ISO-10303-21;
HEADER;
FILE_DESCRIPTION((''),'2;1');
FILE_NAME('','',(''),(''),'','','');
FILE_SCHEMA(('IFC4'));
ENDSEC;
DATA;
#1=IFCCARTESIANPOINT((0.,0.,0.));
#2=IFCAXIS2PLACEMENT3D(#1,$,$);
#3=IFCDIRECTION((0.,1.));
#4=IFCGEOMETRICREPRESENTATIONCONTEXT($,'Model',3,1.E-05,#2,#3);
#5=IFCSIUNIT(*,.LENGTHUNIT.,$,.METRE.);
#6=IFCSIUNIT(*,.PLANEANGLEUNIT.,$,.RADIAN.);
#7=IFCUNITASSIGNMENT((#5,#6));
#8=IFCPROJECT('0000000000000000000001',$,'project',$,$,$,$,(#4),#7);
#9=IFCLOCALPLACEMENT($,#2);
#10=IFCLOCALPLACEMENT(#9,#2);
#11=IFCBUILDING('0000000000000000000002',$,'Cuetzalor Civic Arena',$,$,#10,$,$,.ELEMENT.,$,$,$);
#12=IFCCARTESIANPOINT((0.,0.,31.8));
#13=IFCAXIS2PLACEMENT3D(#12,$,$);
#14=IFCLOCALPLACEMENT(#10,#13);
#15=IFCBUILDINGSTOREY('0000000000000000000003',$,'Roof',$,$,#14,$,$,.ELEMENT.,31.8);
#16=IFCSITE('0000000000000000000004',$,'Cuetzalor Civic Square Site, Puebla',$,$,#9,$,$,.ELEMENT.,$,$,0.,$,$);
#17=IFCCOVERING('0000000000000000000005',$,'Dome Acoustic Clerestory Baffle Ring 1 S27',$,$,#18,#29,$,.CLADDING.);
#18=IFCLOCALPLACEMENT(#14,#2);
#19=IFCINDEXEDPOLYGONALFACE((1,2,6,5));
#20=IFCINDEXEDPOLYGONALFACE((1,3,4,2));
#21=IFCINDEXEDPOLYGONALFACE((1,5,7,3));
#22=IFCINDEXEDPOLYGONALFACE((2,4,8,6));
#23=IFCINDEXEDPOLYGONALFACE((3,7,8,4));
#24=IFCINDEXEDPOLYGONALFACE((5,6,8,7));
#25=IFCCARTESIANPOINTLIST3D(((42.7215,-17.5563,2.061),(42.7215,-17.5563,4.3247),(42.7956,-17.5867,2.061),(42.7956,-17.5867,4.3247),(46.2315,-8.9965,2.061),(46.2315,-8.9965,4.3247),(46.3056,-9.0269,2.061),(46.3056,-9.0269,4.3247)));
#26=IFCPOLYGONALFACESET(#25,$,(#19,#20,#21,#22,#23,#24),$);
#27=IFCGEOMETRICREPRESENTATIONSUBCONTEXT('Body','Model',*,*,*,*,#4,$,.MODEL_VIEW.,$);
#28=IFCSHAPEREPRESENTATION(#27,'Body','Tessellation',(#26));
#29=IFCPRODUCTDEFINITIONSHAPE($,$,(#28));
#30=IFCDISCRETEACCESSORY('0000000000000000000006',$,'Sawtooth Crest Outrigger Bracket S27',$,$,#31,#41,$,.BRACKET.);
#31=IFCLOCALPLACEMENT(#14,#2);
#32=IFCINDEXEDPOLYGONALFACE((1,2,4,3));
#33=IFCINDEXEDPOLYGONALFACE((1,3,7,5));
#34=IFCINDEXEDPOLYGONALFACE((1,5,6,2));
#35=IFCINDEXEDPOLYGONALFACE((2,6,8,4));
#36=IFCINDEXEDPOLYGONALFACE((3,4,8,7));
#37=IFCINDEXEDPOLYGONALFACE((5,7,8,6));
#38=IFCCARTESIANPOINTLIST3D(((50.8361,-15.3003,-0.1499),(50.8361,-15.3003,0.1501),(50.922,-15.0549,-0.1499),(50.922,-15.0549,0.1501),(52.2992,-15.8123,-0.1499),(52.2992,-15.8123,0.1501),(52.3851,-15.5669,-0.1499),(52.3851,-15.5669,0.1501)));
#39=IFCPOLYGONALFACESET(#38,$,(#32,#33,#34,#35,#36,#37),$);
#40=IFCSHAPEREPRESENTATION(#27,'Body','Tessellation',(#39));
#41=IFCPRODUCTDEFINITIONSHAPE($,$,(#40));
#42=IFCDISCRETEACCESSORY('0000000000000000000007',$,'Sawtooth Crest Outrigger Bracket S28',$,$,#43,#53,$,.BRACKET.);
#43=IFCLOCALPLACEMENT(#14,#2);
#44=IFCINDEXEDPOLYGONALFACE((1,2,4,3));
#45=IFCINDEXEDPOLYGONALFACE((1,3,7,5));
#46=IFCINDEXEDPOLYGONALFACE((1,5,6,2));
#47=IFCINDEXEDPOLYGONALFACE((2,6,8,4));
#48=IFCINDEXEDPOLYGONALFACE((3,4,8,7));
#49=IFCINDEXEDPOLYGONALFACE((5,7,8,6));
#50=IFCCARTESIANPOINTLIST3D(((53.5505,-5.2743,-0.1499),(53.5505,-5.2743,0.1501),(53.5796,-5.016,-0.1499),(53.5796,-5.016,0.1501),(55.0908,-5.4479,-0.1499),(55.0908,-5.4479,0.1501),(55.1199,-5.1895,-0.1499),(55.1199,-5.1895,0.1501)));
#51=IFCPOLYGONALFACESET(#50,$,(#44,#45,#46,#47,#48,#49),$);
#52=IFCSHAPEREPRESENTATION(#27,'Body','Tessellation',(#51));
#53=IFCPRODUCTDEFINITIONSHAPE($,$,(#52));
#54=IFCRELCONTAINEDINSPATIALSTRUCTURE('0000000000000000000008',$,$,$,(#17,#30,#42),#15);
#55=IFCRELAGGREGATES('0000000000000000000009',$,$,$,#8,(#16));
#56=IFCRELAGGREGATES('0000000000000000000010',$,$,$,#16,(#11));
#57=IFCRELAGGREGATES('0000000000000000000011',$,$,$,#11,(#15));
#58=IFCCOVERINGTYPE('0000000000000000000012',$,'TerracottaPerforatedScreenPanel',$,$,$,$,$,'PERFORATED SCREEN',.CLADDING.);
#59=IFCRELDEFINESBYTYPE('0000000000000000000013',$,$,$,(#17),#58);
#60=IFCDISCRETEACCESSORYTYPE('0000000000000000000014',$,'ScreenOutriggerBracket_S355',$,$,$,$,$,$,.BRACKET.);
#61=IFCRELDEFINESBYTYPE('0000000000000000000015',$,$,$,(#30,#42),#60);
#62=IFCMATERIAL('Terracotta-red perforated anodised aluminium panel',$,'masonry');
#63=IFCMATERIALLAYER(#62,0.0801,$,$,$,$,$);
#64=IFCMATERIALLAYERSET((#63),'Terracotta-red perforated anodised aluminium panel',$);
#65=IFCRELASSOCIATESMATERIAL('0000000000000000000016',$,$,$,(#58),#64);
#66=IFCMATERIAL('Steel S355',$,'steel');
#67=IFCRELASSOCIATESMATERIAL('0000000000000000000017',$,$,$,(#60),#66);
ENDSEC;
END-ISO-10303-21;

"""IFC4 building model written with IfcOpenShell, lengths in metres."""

from ifc_helpers import new_model, si_unit, direction, frame, frame_2d, origin, origin_2d, place, context, subcontext, project, spatial, rectangle, extrude, material, layer, layer_set, type_object, element, save


model = new_model("IFC4")

# Units and contexts
model_context = context("Model", 3, precision=1e-05, world=origin(), true_north=direction((0.0, 1.0)))
body_context = subcontext(model_context, "Body", "Model", "MODEL_VIEW")
ifc_project = project(units=[si_unit("LENGTHUNIT", "METRE"), si_unit("PLANEANGLEUNIT", "RADIAN")], contexts=[model_context])

# Site, building, storey
site_placement = place(None, origin())
site = spatial("IfcSite", under=ifc_project, at=site_placement, Name="Cuetzalor Civic Square Site, Puebla", CompositionType="ELEMENT", RefElevation=0.0)
building_placement = place(site_placement, origin())
building = spatial("IfcBuilding", under=site, at=building_placement, Name="Cuetzalor Civic Arena", CompositionType="ELEMENT")
storey_placement = place(building_placement, frame((0.0, 0.0, 31.8)))
storey = spatial("IfcBuildingStorey", under=building, at=storey_placement, Name="Roof", CompositionType="ELEMENT", Elevation=31.8)

# Covering
ifc_material_1 = material(Name="Terracotta-red perforated anodised aluminium panel", Category="masonry")
ifc_layer_1 = layer(ifc_material_1, 0.0801)
ifc_layer_set_1 = layer_set([ifc_layer_1], Name="Terracotta-red perforated anodised aluminium panel")
covering_type = type_object("IfcCoveringType", Name="TerracottaPerforatedScreenPanel", ElementType="PERFORATED SCREEN", PredefinedType="CLADDING", material=ifc_layer_set_1)
covering_1_placement = place(storey_placement, frame((46.2686, -9.0117, 2.061), z_axis=(0.0, 0.0, 1.0), x_axis=(-0.379398, -0.925233, 0.0)))
element("IfcCovering", 1, at=covering_1_placement, inside=storey, type_object=covering_type, Name="Dome Acoustic Clerestory Baffle Ring 1 S27", PredefinedType="CLADDING", context=body_context, shape_type="SweptSolid", body=[
    extrude(rectangle(XDim=9.2515, YDim=0.0801, at=frame_2d((4.6257, 0.0))), origin(), (0.0, 0.0, 1.0), 2.2637),
])

# Discrete accessories
ifc_material_2 = material(Name="Steel S355", Category="steel")
discrete_accessory_type = type_object("IfcDiscreteAccessoryType", Name="ScreenOutriggerBracket_S355", PredefinedType="BRACKET", material=ifc_material_2)
for number, where, z_axis, x_axis, name in (
    (2, (51.6106, -15.4336, -0.1499), (0.0, 0.0, 1.0), (0.943859, -0.33035, 0.0), "Sawtooth Crest Outrigger Bracket S27"),
    (3, (54.3352, -5.2319, -0.1499), (0.0, 0.0, 1.0), (0.993709, -0.111989, 0.0), "Sawtooth Crest Outrigger Bracket S28"),
):
    element("IfcDiscreteAccessory", number, at=place(storey_placement, frame(where, z_axis=z_axis, x_axis=x_axis)), inside=storey, type_object=discrete_accessory_type, Name=name, PredefinedType="BRACKET", context=body_context, shape_type="SweptSolid", body=[
        extrude(rectangle(XDim=1.55, YDim=0.26, at=origin_2d()), origin(), (0.0, 0.0, 1.0), 0.3),
    ])

save(model, "model.ifc")
